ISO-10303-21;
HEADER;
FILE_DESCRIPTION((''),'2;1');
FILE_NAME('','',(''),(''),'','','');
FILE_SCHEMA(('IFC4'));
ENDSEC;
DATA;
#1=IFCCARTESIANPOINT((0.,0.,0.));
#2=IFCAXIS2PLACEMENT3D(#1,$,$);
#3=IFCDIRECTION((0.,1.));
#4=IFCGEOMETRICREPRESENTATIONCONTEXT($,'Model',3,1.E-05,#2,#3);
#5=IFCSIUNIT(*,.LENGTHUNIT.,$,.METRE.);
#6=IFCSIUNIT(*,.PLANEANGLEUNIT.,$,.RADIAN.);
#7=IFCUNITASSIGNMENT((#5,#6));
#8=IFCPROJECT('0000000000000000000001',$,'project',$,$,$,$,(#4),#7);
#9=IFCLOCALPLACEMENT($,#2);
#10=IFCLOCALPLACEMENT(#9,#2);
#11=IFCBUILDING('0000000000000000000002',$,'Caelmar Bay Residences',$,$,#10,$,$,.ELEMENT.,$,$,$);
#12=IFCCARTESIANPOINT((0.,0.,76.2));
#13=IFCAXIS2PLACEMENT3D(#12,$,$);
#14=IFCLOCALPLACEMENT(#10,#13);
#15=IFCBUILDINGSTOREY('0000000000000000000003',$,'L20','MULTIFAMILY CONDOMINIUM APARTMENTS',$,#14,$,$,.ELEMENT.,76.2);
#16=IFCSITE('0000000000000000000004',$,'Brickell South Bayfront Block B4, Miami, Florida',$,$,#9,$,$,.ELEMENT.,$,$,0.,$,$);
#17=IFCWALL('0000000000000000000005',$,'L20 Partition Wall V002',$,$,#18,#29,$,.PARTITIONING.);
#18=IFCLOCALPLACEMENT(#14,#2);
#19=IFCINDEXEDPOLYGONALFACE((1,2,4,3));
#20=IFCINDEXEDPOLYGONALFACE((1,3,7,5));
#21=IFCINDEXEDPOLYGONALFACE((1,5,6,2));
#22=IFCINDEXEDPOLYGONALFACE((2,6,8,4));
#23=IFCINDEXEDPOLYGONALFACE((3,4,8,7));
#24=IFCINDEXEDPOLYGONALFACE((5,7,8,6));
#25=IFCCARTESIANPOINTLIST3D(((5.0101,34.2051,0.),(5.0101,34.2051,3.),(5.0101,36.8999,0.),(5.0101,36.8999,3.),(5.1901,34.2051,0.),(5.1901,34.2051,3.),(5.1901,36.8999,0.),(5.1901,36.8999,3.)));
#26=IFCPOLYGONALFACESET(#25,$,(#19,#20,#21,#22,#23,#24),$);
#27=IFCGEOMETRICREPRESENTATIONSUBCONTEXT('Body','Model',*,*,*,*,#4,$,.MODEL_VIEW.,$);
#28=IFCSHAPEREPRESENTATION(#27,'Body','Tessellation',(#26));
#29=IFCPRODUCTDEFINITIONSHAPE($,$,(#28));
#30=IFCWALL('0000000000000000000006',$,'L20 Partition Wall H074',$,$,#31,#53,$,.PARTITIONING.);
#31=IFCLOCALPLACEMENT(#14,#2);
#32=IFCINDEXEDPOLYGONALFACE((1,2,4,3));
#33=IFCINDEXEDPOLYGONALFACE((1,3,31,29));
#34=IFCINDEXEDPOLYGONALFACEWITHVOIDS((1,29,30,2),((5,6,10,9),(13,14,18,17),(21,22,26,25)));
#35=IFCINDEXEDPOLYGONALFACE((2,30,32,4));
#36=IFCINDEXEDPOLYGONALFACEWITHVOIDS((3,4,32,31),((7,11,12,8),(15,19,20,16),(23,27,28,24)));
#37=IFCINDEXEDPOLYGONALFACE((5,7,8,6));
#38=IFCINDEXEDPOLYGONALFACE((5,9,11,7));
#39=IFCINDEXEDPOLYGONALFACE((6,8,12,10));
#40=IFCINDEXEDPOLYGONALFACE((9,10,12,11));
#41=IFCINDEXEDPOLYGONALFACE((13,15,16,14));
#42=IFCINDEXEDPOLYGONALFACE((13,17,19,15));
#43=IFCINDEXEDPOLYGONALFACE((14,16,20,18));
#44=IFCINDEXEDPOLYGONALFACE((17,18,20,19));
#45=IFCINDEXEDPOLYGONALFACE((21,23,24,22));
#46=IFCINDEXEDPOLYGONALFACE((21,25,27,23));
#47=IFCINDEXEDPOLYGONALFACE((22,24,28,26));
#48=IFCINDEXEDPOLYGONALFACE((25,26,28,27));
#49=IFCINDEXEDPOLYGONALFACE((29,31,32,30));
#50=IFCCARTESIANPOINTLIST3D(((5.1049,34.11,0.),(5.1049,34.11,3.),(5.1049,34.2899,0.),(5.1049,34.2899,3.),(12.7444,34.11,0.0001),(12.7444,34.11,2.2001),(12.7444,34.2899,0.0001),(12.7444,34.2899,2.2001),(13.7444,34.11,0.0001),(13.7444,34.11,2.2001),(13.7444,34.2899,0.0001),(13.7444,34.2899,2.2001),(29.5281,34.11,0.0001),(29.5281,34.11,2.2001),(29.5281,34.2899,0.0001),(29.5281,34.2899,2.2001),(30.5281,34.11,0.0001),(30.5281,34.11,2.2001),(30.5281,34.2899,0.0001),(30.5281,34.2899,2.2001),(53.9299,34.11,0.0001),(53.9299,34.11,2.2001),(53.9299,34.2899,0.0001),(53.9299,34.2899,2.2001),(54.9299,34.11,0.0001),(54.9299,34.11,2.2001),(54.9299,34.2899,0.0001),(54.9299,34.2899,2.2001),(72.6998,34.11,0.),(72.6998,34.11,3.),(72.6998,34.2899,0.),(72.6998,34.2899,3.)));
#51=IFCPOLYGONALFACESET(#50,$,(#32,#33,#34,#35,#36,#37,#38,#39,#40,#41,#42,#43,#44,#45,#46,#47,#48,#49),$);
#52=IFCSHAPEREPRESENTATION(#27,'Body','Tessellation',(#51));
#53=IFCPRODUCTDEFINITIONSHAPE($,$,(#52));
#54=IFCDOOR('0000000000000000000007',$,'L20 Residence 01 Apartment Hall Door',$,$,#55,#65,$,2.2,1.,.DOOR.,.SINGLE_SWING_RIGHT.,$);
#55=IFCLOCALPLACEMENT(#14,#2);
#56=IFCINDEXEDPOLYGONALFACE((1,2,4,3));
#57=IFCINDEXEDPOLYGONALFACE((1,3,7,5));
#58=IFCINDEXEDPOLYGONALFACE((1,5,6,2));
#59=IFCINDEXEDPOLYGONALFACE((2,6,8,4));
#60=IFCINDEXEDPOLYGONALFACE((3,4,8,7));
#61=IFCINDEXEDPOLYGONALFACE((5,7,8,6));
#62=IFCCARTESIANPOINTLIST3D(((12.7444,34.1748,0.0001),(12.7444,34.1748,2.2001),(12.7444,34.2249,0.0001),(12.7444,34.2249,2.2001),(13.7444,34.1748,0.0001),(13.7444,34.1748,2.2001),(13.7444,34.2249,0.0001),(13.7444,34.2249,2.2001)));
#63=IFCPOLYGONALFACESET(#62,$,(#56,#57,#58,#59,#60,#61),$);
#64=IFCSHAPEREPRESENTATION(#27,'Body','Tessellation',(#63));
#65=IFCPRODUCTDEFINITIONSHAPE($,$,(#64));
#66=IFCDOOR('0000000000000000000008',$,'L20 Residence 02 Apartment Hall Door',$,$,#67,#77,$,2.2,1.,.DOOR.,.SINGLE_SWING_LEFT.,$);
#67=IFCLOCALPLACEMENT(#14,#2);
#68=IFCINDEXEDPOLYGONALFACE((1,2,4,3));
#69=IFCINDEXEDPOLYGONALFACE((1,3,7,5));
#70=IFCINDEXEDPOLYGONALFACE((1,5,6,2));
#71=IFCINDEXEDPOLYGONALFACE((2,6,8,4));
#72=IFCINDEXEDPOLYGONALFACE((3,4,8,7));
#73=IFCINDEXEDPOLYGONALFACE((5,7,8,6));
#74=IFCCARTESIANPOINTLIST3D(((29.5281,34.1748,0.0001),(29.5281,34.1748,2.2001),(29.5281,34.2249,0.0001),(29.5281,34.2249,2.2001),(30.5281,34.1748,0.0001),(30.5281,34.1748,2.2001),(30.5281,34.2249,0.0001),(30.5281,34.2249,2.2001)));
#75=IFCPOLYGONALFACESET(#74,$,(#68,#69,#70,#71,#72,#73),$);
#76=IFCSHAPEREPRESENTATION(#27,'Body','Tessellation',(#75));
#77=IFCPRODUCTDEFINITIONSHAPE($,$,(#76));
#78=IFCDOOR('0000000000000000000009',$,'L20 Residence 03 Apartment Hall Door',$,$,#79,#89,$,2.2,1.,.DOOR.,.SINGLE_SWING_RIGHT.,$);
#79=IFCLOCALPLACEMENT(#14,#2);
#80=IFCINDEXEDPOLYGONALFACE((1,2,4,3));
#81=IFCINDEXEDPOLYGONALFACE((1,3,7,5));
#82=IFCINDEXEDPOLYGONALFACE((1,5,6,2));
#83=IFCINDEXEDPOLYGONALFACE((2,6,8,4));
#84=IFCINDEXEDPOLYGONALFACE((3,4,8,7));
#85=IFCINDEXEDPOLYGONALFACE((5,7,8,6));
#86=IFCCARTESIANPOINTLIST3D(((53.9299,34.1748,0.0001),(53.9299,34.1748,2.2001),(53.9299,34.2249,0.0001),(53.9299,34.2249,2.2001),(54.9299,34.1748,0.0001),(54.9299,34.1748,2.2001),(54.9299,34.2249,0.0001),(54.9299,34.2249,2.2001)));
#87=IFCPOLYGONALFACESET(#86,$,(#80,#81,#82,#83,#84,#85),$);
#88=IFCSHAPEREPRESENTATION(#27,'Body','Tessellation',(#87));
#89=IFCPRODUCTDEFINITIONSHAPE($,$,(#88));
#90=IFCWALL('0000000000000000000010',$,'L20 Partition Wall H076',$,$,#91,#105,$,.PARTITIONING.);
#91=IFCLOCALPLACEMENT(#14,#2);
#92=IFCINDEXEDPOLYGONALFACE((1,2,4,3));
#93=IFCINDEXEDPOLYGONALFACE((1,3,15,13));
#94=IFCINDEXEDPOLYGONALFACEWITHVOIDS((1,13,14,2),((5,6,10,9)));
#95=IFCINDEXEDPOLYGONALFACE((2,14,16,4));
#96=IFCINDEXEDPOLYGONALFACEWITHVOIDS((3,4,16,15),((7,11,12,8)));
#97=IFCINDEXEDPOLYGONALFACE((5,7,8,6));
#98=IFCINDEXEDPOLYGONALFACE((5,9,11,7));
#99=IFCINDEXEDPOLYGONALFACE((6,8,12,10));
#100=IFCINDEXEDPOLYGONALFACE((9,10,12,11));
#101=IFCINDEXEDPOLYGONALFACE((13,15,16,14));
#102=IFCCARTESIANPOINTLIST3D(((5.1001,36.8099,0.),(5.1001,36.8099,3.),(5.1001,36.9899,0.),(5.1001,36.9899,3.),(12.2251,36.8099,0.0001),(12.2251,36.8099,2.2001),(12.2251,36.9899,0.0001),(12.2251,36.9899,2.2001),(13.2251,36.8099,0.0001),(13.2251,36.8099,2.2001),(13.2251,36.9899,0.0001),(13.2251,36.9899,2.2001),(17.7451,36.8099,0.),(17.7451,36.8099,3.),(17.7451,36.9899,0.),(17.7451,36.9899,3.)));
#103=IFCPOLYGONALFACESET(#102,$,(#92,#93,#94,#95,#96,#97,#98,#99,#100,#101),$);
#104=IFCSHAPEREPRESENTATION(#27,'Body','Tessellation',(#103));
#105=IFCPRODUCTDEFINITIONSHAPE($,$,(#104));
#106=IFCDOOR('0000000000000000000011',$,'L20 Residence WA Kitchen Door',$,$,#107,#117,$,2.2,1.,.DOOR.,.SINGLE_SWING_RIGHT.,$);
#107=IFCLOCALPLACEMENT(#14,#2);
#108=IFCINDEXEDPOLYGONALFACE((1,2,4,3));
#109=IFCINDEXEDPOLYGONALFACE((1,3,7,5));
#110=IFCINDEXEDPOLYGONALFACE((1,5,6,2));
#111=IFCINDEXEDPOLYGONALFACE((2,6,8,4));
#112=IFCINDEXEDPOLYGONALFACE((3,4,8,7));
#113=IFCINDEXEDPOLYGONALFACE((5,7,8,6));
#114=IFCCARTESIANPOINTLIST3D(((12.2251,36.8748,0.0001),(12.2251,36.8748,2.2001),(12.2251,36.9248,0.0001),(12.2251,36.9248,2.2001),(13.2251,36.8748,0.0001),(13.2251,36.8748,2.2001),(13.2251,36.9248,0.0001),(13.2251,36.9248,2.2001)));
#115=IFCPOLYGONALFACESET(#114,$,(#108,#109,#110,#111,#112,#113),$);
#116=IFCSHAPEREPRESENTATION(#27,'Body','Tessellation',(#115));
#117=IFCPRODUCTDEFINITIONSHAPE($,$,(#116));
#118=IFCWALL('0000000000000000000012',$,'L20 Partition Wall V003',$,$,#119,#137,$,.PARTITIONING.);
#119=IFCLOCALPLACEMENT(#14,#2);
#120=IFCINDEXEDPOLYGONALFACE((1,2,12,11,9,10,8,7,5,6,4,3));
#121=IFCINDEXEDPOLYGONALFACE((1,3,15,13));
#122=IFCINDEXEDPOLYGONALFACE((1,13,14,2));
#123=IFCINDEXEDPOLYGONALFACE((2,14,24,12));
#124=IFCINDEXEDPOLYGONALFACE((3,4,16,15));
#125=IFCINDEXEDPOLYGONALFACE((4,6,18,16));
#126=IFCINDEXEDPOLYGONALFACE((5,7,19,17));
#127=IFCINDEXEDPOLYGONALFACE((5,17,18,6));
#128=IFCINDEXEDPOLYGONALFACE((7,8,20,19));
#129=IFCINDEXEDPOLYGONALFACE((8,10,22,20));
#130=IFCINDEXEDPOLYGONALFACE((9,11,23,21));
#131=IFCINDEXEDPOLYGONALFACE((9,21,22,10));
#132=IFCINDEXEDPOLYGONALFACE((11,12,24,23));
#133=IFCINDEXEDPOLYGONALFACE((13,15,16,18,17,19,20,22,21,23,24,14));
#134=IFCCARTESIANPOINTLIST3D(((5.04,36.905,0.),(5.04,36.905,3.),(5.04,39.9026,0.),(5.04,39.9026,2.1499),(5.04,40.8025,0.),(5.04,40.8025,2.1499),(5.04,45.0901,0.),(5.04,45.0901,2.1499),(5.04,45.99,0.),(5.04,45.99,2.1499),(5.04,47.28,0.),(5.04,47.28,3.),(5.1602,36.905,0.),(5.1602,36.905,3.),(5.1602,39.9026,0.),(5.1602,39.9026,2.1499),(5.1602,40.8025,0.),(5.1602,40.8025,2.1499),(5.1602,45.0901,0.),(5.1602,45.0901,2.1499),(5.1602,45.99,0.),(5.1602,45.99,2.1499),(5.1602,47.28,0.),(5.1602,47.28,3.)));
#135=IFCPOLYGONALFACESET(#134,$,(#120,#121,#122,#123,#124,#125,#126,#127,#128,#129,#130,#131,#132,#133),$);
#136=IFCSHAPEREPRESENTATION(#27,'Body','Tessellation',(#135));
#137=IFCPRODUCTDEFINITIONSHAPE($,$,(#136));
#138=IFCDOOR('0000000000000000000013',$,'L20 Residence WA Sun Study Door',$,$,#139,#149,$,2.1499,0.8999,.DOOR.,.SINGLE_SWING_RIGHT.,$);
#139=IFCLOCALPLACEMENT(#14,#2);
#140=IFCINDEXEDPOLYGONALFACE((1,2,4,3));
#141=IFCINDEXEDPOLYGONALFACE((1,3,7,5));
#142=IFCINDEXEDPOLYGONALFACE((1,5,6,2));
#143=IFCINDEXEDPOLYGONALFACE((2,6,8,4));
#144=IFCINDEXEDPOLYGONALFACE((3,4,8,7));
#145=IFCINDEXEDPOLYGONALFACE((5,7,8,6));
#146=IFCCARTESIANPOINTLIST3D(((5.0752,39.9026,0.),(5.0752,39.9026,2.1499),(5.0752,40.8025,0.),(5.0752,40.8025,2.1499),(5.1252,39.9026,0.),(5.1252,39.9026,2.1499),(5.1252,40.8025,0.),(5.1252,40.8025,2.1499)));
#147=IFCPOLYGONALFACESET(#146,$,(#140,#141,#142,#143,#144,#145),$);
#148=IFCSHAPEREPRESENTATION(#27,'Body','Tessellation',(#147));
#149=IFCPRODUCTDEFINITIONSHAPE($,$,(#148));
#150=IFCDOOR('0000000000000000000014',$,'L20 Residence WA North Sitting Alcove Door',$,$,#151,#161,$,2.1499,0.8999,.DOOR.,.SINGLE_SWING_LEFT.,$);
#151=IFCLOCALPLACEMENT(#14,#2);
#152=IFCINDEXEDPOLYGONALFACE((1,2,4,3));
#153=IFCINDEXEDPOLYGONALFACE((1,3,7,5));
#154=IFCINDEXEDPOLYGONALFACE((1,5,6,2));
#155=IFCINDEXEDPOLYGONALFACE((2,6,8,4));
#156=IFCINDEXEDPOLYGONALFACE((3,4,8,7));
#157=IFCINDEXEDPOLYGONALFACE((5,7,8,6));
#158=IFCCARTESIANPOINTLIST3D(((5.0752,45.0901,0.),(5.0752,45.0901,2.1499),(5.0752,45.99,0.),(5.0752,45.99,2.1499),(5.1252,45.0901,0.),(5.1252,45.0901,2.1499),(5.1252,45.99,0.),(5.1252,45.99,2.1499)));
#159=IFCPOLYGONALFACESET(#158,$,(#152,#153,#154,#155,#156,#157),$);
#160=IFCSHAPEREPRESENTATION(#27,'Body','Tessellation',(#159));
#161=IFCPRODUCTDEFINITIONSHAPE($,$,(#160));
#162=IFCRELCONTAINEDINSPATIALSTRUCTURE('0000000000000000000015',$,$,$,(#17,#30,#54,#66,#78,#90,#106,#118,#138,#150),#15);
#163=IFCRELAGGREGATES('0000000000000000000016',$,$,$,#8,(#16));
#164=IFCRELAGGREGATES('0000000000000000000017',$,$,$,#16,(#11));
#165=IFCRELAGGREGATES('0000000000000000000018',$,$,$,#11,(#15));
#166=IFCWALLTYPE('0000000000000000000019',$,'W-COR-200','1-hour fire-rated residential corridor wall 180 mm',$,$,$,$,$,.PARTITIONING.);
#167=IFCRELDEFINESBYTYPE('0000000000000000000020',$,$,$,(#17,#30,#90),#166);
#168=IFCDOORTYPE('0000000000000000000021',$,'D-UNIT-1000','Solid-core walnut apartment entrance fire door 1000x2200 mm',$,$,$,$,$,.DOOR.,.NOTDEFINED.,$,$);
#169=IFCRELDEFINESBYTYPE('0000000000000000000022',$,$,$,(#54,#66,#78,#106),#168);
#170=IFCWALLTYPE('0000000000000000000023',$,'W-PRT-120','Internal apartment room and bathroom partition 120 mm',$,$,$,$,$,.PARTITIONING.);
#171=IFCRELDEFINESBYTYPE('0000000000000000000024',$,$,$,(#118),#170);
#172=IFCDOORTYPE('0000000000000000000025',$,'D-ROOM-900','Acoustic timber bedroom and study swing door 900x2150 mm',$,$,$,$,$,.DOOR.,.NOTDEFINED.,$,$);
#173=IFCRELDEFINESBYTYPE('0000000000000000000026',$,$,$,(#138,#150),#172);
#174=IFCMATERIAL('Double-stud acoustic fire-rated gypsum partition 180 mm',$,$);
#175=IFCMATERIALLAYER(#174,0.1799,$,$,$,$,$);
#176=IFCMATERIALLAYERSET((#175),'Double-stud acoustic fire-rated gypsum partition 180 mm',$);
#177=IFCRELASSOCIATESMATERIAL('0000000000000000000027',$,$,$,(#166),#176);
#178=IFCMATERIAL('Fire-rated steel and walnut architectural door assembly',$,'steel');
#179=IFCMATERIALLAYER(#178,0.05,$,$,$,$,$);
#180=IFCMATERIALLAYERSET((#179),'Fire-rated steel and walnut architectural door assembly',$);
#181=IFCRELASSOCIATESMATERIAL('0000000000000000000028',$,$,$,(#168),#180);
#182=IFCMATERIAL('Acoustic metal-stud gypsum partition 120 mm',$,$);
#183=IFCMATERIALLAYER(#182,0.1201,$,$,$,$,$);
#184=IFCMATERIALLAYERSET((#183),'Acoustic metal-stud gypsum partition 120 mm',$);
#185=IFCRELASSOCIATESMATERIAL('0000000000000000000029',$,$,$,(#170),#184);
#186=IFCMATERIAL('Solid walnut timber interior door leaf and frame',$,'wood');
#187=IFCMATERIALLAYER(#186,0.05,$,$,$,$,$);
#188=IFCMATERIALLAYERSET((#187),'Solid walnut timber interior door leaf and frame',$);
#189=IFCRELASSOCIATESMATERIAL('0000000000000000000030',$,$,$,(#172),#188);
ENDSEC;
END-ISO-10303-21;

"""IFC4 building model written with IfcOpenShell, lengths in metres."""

from ifc_helpers import new_model, si_unit, direction, frame, frame_2d, origin, place, context, subcontext, project, spatial, rectangle, extrude, material, layer, layer_set, type_object, element, fill, save


model = new_model("IFC4")

# Units and contexts
model_context = context("Model", 3, precision=1e-05, world=origin(), true_north=direction((0.0, 1.0)))
body_context = subcontext(model_context, "Body", "Model", "MODEL_VIEW")
ifc_project = project(units=[si_unit("LENGTHUNIT", "METRE"), si_unit("PLANEANGLEUNIT", "RADIAN")], contexts=[model_context])

# Site, building, storey
site_placement = place(None, origin())
site = spatial("IfcSite", under=ifc_project, at=site_placement, Name="Brickell South Bayfront Block B4, Miami, Florida", CompositionType="ELEMENT", RefElevation=0.0)
building_placement = place(site_placement, origin())
building = spatial("IfcBuilding", under=site, at=building_placement, Name="Caelmar Bay Residences", CompositionType="ELEMENT")
storey_placement = place(building_placement, frame((0.0, 0.0, 76.2)))
storey = spatial("IfcBuildingStorey", under=building, at=storey_placement, Name="L20", Description="MULTIFAMILY CONDOMINIUM APARTMENTS", CompositionType="ELEMENT", Elevation=76.2)

# Shared definitions
ifc_material_1 = material(Name="Fire-rated steel and walnut architectural door assembly", Category="steel")

# Wall
ifc_material_2 = material(Name="Double-stud acoustic fire-rated gypsum partition 180 mm")
ifc_layer_1 = layer(ifc_material_2, 0.1799)
ifc_layer_set_1 = layer_set([ifc_layer_1], Name="Double-stud acoustic fire-rated gypsum partition 180 mm")
wall_type_1 = type_object("IfcWallType", Name="W-COR-200", Description="1-hour fire-rated residential corridor wall 180 mm", PredefinedType="PARTITIONING", material=ifc_layer_set_1)
wall_1_placement = place(storey_placement, frame((5.1001, 34.2051, 0.0), z_axis=(0.0, 0.0, 1.0), x_axis=(0.0, 1.0, 0.0)))
element("IfcWall", 1, at=wall_1_placement, inside=storey, type_object=wall_type_1, Name="L20 Partition Wall V002", PredefinedType="PARTITIONING", context=body_context, shape_type="SweptSolid", body=[
    extrude(rectangle(XDim=2.6948, YDim=0.1799, at=frame_2d((1.3474, 0.0))), origin(), (0.0, 0.0, 1.0), 3.0),
])

# Wall, openings, doors
wall_2_placement = place(storey_placement, frame((5.105, 34.2, 0.0), z_axis=(0.0, 0.0, 1.0), x_axis=(1.0, 0.0, 0.0)))
wall_2 = element("IfcWall", 2, at=wall_2_placement, inside=storey, type_object=wall_type_1, Name="L20 Partition Wall H074", PredefinedType="PARTITIONING", context=body_context, shape_type="SweptSolid", body=[
    extrude(rectangle(XDim=67.595, YDim=0.1799, at=frame_2d((33.7974, 0.0))), origin(), (0.0, 0.0, 1.0), 3.0),
])
opening_1_placement = place(wall_2_placement, frame((7.6394, 0.0, 0.0)))
opening_1 = element("IfcOpeningElement", 3, at=opening_1_placement, cuts=wall_2, PredefinedType="OPENING", context=body_context, shape_type="SweptSolid", body=[
    extrude(rectangle(XDim=1.0, YDim=2.2, at=frame_2d((0.5, 1.1001))), frame((0.0, 0.0999, 0.0), z_axis=(0.0, -1.0, 0.0), x_axis=(1.0, 0.0, 0.0)), (0.0, 0.0, 1.0), 0.2),
])
opening_2_placement = place(wall_2_placement, frame((24.4231, 0.0, 0.0)))
opening_2 = element("IfcOpeningElement", 4, at=opening_2_placement, cuts=wall_2, PredefinedType="OPENING", context=body_context, shape_type="SweptSolid", body=[
    extrude(rectangle(XDim=1.0, YDim=2.2, at=frame_2d((0.5, 1.1001))), frame((0.0, 0.0999, 0.0), z_axis=(0.0, -1.0, 0.0), x_axis=(1.0, 0.0, 0.0)), (0.0, 0.0, 1.0), 0.2),
])
opening_3_placement = place(wall_2_placement, frame((48.825, 0.0, 0.0)))
opening_3 = element("IfcOpeningElement", 5, at=opening_3_placement, cuts=wall_2, PredefinedType="OPENING", context=body_context, shape_type="SweptSolid", body=[
    extrude(rectangle(XDim=1.0, YDim=2.2, at=frame_2d((0.5, 1.1001))), frame((0.0, 0.0999, 0.0), z_axis=(0.0, -1.0, 0.0), x_axis=(1.0, 0.0, 0.0)), (0.0, 0.0, 1.0), 0.2),
])
ifc_layer_2 = layer(ifc_material_1, 0.05)
ifc_layer_set_2 = layer_set([ifc_layer_2], Name="Fire-rated steel and walnut architectural door assembly")
door_type_1 = type_object("IfcDoorType", Name="D-UNIT-1000", Description="Solid-core walnut apartment entrance fire door 1000x2200 mm", OperationType="NOTDEFINED", PredefinedType="DOOR", material=ifc_layer_set_2)
door_1_placement = place(opening_1_placement, origin())
door_1 = element("IfcDoor", 6, at=door_1_placement, inside=storey, type_object=door_type_1, Name="L20 Residence 01 Apartment Hall Door", OperationType="SINGLE_SWING_RIGHT", OverallHeight=2.2, OverallWidth=1.0, PredefinedType="DOOR", context=body_context, shape_type="SweptSolid", body=[
    extrude(rectangle(XDim=1.0, YDim=2.2, at=frame_2d((0.5, 1.1001))), frame((0.0, 0.0249, 0.0), z_axis=(0.0, -1.0, 0.0), x_axis=(1.0, 0.0, 0.0)), (0.0, 0.0, 1.0), 0.05),
])
fill(opening_1, door_1)
door_2_placement = place(opening_2_placement, origin())
door_2 = element("IfcDoor", 7, at=door_2_placement, inside=storey, type_object=door_type_1, Name="L20 Residence 02 Apartment Hall Door", OperationType="SINGLE_SWING_LEFT", OverallHeight=2.2, OverallWidth=1.0, PredefinedType="DOOR", context=body_context, shape_type="SweptSolid", body=[
    extrude(rectangle(XDim=1.0, YDim=2.2, at=frame_2d((0.5, 1.1001))), frame((0.0, 0.0249, 0.0), z_axis=(0.0, -1.0, 0.0), x_axis=(1.0, 0.0, 0.0)), (0.0, 0.0, 1.0), 0.05),
])
fill(opening_2, door_2)
door_3_placement = place(opening_3_placement, origin())
door_3 = element("IfcDoor", 8, at=door_3_placement, inside=storey, type_object=door_type_1, Name="L20 Residence 03 Apartment Hall Door", OperationType="SINGLE_SWING_RIGHT", OverallHeight=2.2, OverallWidth=1.0, PredefinedType="DOOR", context=body_context, shape_type="SweptSolid", body=[
    extrude(rectangle(XDim=1.0, YDim=2.2, at=frame_2d((0.5, 1.1001))), frame((0.0, 0.0249, 0.0), z_axis=(0.0, -1.0, 0.0), x_axis=(1.0, 0.0, 0.0)), (0.0, 0.0, 1.0), 0.05),
])
fill(opening_3, door_3)

# Wall, opening, door
wall_3_placement = place(storey_placement, frame((5.1001, 36.8999, 0.0), z_axis=(0.0, 0.0, 1.0), x_axis=(1.0, 0.0, 0.0)))
wall_3 = element("IfcWall", 9, at=wall_3_placement, inside=storey, type_object=wall_type_1, Name="L20 Partition Wall H076", PredefinedType="PARTITIONING", context=body_context, shape_type="SweptSolid", body=[
    extrude(rectangle(XDim=12.645, YDim=0.1799, at=frame_2d((6.3225, 0.0))), origin(), (0.0, 0.0, 1.0), 3.0),
])
opening_4_placement = place(wall_3_placement, frame((7.125, 0.0, 0.0)))
opening_4 = element("IfcOpeningElement", 10, at=opening_4_placement, cuts=wall_3, PredefinedType="OPENING", context=body_context, shape_type="SweptSolid", body=[
    extrude(rectangle(XDim=1.0, YDim=2.2, at=frame_2d((0.5, 1.1001))), frame((0.0, 0.0999, 0.0), z_axis=(0.0, -1.0, 0.0), x_axis=(1.0, 0.0, 0.0)), (0.0, 0.0, 1.0), 0.2),
])
door_4_placement = place(opening_4_placement, origin())
door_4 = element("IfcDoor", 11, at=door_4_placement, inside=storey, type_object=door_type_1, Name="L20 Residence WA Kitchen Door", OperationType="SINGLE_SWING_RIGHT", OverallHeight=2.2, OverallWidth=1.0, PredefinedType="DOOR", context=body_context, shape_type="SweptSolid", body=[
    extrude(rectangle(XDim=1.0, YDim=2.2, at=frame_2d((0.5, 1.1001))), frame((0.0, 0.0249, 0.0), z_axis=(0.0, -1.0, 0.0), x_axis=(1.0, 0.0, 0.0)), (0.0, 0.0, 1.0), 0.05),
])
fill(opening_4, door_4)

# Wall, openings, doors
ifc_material_3 = material(Name="Acoustic metal-stud gypsum partition 120 mm")
ifc_layer_3 = layer(ifc_material_3, 0.1201)
ifc_layer_set_3 = layer_set([ifc_layer_3], Name="Acoustic metal-stud gypsum partition 120 mm")
wall_type_2 = type_object("IfcWallType", Name="W-PRT-120", Description="Internal apartment room and bathroom partition 120 mm", PredefinedType="PARTITIONING", material=ifc_layer_set_3)
wall_4_placement = place(storey_placement, frame((5.1001, 36.905, 0.0), z_axis=(0.0, 0.0, 1.0), x_axis=(0.0, 1.0, 0.0)))
wall_4 = element("IfcWall", 12, at=wall_4_placement, inside=storey, type_object=wall_type_2, Name="L20 Partition Wall V003", PredefinedType="PARTITIONING", context=body_context, shape_type="SweptSolid", body=[
    extrude(rectangle(XDim=10.375, YDim=0.1201, at=frame_2d((5.1875, 0.0))), origin(), (0.0, 0.0, 1.0), 3.0),
])
opening_5_placement = place(wall_4_placement, frame((2.9976, 0.0, 0.0)))
opening_5 = element("IfcOpeningElement", 13, at=opening_5_placement, cuts=wall_4, PredefinedType="OPENING", context=body_context, shape_type="SweptSolid", body=[
    extrude(rectangle(XDim=0.8999, YDim=2.1499, at=frame_2d((0.45, 1.075))), frame((0.0, 0.0701, 0.0), z_axis=(0.0, -1.0, 0.0), x_axis=(1.0, 0.0, 0.0)), (0.0, 0.0, 1.0), 0.1401),
])
opening_6_placement = place(wall_4_placement, frame((8.1851, 0.0, 0.0)))
opening_6 = element("IfcOpeningElement", 14, at=opening_6_placement, cuts=wall_4, PredefinedType="OPENING", context=body_context, shape_type="SweptSolid", body=[
    extrude(rectangle(XDim=0.8999, YDim=2.1499, at=frame_2d((0.45, 1.075))), frame((0.0, 0.0701, 0.0), z_axis=(0.0, -1.0, 0.0), x_axis=(1.0, 0.0, 0.0)), (0.0, 0.0, 1.0), 0.1401),
])
ifc_material_4 = material(Name="Solid walnut timber interior door leaf and frame", Category="wood")
ifc_layer_4 = layer(ifc_material_4, 0.05)
ifc_layer_set_4 = layer_set([ifc_layer_4], Name="Solid walnut timber interior door leaf and frame")
door_type_2 = type_object("IfcDoorType", Name="D-ROOM-900", Description="Acoustic timber bedroom and study swing door 900x2150 mm", OperationType="NOTDEFINED", PredefinedType="DOOR", material=ifc_layer_set_4)
door_5_placement = place(opening_5_placement, origin())
door_5 = element("IfcDoor", 15, at=door_5_placement, inside=storey, type_object=door_type_2, Name="L20 Residence WA Sun Study Door", OperationType="SINGLE_SWING_RIGHT", OverallHeight=2.1499, OverallWidth=0.8999, PredefinedType="DOOR", context=body_context, shape_type="SweptSolid", body=[
    extrude(rectangle(XDim=0.8999, YDim=2.1499, at=frame_2d((0.45, 1.075))), frame((0.0, 0.0249, 0.0), z_axis=(0.0, -1.0, 0.0), x_axis=(1.0, 0.0, 0.0)), (0.0, 0.0, 1.0), 0.05),
])
fill(opening_5, door_5)
door_6_placement = place(opening_6_placement, origin())
door_6 = element("IfcDoor", 16, at=door_6_placement, inside=storey, type_object=door_type_2, Name="L20 Residence WA North Sitting Alcove Door", OperationType="SINGLE_SWING_LEFT", OverallHeight=2.1499, OverallWidth=0.8999, PredefinedType="DOOR", context=body_context, shape_type="SweptSolid", body=[
    extrude(rectangle(XDim=0.8999, YDim=2.1499, at=frame_2d((0.45, 1.075))), frame((0.0, 0.0249, 0.0), z_axis=(0.0, -1.0, 0.0), x_axis=(1.0, 0.0, 0.0)), (0.0, 0.0, 1.0), 0.05),
])
fill(opening_6, door_6)

save(model, "model.ifc")
